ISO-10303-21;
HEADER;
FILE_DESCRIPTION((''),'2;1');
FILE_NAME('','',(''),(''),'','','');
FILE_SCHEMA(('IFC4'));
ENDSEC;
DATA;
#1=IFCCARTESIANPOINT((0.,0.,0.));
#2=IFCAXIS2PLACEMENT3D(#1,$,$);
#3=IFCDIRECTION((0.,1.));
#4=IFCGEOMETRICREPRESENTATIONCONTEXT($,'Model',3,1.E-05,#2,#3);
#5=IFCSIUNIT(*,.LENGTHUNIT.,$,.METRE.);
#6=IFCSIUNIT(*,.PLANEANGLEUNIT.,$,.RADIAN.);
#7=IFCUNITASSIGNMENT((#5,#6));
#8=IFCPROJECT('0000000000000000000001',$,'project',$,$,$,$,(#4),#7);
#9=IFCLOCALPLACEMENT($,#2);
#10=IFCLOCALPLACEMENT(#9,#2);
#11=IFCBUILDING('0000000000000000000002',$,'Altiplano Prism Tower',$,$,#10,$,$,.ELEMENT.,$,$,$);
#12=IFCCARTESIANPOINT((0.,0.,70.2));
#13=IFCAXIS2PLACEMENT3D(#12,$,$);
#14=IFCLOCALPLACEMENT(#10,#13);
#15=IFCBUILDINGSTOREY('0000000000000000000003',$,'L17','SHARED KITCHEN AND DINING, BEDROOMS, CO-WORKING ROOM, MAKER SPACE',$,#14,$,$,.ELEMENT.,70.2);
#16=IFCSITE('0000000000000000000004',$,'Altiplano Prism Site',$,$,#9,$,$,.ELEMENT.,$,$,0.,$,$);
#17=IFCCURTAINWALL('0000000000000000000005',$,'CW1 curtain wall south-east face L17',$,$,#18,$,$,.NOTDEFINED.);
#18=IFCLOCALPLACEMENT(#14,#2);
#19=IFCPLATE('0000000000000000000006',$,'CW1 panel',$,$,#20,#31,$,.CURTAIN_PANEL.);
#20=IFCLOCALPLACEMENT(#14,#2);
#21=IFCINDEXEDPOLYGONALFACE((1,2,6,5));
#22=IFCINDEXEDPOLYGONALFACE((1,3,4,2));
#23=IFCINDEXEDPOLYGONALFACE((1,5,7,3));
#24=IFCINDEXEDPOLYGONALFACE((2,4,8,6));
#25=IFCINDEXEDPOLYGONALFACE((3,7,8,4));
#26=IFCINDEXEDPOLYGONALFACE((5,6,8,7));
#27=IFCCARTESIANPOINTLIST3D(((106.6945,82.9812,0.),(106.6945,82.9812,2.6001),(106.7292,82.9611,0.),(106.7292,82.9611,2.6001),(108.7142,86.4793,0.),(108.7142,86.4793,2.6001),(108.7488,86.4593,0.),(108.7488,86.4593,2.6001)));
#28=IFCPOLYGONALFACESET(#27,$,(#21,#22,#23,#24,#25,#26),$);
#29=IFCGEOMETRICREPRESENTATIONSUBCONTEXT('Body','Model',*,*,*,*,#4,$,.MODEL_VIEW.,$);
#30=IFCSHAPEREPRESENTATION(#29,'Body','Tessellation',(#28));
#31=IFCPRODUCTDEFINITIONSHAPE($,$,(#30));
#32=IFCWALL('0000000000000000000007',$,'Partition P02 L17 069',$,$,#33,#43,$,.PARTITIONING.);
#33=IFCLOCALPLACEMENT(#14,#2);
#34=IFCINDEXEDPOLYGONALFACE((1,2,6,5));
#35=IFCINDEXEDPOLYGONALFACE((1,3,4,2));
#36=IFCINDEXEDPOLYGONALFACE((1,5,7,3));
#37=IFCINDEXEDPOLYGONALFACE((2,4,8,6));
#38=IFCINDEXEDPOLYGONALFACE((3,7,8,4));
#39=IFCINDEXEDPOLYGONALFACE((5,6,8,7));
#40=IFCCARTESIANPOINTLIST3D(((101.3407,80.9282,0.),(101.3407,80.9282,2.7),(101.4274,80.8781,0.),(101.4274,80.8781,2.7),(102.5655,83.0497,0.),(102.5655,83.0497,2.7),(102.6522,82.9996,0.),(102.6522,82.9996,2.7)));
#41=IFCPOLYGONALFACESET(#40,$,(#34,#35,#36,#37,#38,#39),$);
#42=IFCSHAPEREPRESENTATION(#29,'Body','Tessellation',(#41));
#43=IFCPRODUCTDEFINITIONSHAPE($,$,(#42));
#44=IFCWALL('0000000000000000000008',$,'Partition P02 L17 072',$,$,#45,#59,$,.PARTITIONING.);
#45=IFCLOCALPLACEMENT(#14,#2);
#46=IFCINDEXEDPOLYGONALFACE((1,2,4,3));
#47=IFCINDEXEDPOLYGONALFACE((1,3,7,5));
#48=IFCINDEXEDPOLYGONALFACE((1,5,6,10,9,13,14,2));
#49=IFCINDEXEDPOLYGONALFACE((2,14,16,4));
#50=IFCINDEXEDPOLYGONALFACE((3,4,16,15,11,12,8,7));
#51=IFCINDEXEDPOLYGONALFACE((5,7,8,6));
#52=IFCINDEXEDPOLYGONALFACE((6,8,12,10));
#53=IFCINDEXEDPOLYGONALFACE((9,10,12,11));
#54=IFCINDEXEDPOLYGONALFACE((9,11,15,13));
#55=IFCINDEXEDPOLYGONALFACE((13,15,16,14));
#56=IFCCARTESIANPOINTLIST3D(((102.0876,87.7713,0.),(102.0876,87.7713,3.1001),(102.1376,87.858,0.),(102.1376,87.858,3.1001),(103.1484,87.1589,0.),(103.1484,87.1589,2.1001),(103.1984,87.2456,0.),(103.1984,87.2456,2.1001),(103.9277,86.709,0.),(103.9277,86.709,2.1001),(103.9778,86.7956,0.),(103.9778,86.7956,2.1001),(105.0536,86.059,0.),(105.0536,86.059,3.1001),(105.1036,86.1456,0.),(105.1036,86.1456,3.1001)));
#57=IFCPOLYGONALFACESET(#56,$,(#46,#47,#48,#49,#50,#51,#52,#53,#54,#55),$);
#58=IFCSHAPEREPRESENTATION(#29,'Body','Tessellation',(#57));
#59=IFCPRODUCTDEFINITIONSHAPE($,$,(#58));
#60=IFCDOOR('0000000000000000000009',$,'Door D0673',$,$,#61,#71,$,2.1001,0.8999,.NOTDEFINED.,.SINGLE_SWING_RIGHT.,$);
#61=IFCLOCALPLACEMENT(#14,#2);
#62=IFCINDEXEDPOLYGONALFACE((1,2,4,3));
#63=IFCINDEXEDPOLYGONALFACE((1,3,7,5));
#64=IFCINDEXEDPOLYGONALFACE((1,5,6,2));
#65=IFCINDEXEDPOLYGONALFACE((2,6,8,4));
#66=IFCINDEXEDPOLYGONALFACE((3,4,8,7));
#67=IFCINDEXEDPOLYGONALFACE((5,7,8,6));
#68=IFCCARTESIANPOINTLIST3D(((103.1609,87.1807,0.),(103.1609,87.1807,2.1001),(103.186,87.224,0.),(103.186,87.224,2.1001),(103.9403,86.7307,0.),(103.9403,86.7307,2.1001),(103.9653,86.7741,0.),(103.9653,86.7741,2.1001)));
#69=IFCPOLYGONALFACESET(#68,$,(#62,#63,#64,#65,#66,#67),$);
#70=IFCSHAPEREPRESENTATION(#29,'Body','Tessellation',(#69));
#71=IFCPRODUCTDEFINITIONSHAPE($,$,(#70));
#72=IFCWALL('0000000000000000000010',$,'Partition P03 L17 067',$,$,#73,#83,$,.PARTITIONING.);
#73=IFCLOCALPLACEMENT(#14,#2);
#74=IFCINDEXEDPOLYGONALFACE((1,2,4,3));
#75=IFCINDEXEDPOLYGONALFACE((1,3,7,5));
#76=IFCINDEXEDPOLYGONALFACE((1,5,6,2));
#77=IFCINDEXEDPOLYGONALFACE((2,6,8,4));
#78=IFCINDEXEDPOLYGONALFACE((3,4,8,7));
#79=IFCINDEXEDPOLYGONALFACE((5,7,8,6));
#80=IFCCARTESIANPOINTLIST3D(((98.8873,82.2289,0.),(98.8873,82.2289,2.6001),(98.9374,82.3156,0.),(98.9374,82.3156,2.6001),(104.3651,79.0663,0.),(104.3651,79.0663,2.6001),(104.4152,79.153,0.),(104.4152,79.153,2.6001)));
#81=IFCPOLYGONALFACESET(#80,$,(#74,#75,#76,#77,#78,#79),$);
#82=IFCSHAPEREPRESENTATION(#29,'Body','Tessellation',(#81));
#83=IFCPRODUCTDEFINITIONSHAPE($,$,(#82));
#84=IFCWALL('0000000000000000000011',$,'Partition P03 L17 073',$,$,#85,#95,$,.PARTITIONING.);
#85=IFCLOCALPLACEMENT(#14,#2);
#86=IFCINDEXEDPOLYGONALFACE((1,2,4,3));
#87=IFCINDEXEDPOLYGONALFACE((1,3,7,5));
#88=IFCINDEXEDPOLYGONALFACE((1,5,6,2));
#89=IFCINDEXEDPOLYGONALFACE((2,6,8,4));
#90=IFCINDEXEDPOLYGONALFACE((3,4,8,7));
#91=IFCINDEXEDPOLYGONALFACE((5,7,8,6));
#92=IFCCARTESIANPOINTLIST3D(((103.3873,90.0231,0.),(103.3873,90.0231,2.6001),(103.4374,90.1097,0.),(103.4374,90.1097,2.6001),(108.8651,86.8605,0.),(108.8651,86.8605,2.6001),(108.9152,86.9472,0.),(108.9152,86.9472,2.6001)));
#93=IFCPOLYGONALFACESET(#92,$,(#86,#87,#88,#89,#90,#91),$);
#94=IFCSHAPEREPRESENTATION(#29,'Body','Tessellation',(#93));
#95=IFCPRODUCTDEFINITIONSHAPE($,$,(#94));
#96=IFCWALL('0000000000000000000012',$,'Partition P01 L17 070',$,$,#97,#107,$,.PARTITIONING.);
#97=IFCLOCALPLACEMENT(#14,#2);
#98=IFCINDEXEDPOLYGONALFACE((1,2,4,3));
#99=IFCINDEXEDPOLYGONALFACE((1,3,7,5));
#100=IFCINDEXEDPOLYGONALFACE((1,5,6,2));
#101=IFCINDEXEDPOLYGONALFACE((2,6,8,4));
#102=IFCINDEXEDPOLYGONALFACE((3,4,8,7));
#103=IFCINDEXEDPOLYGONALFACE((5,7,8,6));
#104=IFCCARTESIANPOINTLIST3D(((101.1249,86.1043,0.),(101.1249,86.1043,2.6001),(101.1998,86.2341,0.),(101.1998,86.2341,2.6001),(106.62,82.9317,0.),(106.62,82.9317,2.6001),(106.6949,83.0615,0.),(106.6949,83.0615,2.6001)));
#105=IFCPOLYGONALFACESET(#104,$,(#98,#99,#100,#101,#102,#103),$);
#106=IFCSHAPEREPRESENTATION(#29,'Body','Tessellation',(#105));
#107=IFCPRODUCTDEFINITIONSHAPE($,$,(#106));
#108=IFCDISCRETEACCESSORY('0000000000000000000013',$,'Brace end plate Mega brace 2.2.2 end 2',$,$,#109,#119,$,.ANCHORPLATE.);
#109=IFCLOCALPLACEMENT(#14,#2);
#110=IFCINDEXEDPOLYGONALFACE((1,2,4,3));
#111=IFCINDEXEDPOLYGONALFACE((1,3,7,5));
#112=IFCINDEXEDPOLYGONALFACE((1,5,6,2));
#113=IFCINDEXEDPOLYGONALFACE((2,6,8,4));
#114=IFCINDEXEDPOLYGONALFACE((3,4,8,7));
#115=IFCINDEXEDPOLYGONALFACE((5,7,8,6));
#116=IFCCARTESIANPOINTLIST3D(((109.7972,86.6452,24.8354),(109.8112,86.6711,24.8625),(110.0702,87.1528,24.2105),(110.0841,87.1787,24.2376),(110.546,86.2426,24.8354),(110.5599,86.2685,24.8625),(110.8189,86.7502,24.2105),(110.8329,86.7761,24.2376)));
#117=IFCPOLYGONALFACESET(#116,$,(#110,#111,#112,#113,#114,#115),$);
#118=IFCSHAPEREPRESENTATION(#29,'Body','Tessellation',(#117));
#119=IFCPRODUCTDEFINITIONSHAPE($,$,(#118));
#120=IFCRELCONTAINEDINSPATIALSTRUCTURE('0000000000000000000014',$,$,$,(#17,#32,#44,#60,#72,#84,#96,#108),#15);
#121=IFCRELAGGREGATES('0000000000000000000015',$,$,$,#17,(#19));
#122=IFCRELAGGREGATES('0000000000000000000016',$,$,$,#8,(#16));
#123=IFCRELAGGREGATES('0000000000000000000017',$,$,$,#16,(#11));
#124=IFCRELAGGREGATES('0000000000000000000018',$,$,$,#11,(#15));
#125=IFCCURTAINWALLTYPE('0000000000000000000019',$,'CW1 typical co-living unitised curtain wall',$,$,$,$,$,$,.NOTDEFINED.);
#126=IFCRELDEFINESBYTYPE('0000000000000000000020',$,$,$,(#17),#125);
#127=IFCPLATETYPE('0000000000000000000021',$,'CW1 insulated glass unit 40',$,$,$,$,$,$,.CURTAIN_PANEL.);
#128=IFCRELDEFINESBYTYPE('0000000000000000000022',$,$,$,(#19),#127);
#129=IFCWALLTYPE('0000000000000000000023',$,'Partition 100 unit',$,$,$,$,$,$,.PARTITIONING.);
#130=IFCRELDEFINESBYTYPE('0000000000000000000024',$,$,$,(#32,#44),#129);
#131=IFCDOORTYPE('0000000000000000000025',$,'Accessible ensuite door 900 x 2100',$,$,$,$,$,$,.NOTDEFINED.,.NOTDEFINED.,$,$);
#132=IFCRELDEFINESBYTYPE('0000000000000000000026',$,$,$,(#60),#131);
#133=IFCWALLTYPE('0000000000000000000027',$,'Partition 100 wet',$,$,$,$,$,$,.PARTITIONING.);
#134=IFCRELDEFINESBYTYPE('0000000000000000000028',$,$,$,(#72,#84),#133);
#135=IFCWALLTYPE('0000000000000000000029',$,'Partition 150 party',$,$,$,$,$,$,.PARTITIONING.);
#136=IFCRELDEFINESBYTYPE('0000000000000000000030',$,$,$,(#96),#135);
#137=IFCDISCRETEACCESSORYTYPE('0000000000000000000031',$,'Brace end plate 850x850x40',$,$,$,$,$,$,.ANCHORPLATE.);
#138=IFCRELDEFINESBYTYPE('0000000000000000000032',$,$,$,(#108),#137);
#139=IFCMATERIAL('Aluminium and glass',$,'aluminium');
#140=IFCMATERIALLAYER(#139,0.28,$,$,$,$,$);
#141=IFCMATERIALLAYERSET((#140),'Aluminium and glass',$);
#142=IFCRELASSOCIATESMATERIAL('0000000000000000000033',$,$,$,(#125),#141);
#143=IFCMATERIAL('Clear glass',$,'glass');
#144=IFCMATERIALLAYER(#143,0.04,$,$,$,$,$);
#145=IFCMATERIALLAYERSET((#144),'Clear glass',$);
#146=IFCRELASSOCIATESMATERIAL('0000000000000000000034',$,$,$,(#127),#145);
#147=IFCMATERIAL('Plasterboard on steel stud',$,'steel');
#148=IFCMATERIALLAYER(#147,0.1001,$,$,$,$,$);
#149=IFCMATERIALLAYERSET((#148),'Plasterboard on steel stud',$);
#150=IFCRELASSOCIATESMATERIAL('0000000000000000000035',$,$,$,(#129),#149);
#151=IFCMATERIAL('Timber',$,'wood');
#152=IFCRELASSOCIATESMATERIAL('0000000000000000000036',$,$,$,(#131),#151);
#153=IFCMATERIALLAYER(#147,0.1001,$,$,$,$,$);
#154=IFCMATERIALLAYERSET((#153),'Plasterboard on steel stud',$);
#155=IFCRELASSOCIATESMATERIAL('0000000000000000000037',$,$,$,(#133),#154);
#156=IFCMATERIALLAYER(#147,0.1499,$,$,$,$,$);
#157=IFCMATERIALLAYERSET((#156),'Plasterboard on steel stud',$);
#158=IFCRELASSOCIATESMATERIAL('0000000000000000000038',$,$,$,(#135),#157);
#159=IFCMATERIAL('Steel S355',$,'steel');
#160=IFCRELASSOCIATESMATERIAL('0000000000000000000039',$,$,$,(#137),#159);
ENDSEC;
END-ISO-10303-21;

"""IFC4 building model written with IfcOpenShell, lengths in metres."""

from ifc_helpers import new_model, si_unit, direction, frame, frame_2d, origin, origin_2d, place, context, subcontext, project, spatial, rectangle, extrude, material, layer, layer_set, material_profile, profile_set, type_object, element, fill, aggregate, save


model = new_model("IFC4")

# Units and contexts
model_context = context("Model", 3, precision=1e-05, world=origin(), true_north=direction((0.0, 1.0)))
body_context = subcontext(model_context, "Body", "Model", "MODEL_VIEW")
ifc_project = project(units=[si_unit("LENGTHUNIT", "METRE"), si_unit("PLANEANGLEUNIT", "RADIAN")], contexts=[model_context])

# Site, building, storey
site_placement = place(None, origin())
site = spatial("IfcSite", under=ifc_project, at=site_placement, Name="Altiplano Prism Site", CompositionType="ELEMENT", RefElevation=0.0)
building_placement = place(site_placement, origin())
building = spatial("IfcBuilding", under=site, at=building_placement, Name="Altiplano Prism Tower", CompositionType="ELEMENT")
storey_placement = place(building_placement, frame((0.0, 0.0, 70.2)))
storey = spatial("IfcBuildingStorey", under=building, at=storey_placement, Name="L17", Description="SHARED KITCHEN AND DINING, BEDROOMS, CO-WORKING ROOM, MAKER SPACE", CompositionType="ELEMENT", Elevation=70.2)

# Curtain wall
ifc_material_1 = material(Name="Aluminium and glass", Category="aluminium")
ifc_layer_1 = layer(ifc_material_1, 0.28)
ifc_layer_set_1 = layer_set([ifc_layer_1], Name="Aluminium and glass")
curtain_wall_type = type_object("IfcCurtainWallType", Name="CW1 typical co-living unitised curtain wall", PredefinedType="NOTDEFINED", material=ifc_layer_set_1)
curtain_wall_placement = place(storey_placement, origin())
curtain_wall = element("IfcCurtainWall", 1, at=curtain_wall_placement, inside=storey, type_object=curtain_wall_type, Name="CW1 curtain wall south-east face L17", PredefinedType="NOTDEFINED")

# Shared definitions
ifc_material_2 = material(Name="Steel S355", Category="steel")

# Plate
ifc_material_3 = material(Name="Clear glass", Category="glass")
ifc_layer_2 = layer(ifc_material_3, 0.04)
ifc_layer_set_2 = layer_set([ifc_layer_2], Name="Clear glass")
plate_type = type_object("IfcPlateType", Name="CW1 insulated glass unit 40", PredefinedType="CURTAIN_PANEL", material=ifc_layer_set_2)
plate_1_placement = place(storey_placement, frame((107.7217, 84.7202, 0.0), z_axis=(0.0, 0.0, 1.0), x_axis=(0.5, 0.866025, 0.0)))
plate_1 = element("IfcPlate", 2, at=plate_1_placement, type_object=plate_type, Name="CW1 panel", PredefinedType="CURTAIN_PANEL", context=body_context, shape_type="SweptSolid", body=[
    extrude(rectangle(XDim=4.0393, YDim=0.04, at=origin_2d()), origin(), (0.0, 0.0, 1.0), 2.6001),
])
aggregate(curtain_wall, [plate_1])

# Wall
ifc_material_4 = material(Name="Plasterboard on steel stud", Category="steel")
ifc_layer_3 = layer(ifc_material_4, 0.1001)
ifc_layer_set_3 = layer_set([ifc_layer_3], Name="Plasterboard on steel stud")
wall_type_1 = type_object("IfcWallType", Name="Partition 100 unit", PredefinedType="PARTITIONING", material=ifc_layer_set_3)
wall_1_placement = place(storey_placement, frame((102.6089, 83.0247, 0.0), z_axis=(0.0, 0.0, 1.0), x_axis=(-0.499987, -0.866033, 0.0)))
element("IfcWall", 3, at=wall_1_placement, inside=storey, type_object=wall_type_1, Name="Partition P02 L17 069", PredefinedType="PARTITIONING", context=body_context, shape_type="SweptSolid", body=[
    extrude(rectangle(XDim=2.4497, YDim=0.1001, at=frame_2d((1.2249, 0.0))), origin(), (0.0, 0.0, 1.0), 2.7),
])

# Wall, opening, door
wall_2_placement = place(storey_placement, frame((105.0786, 86.1023, 0.0), z_axis=(0.0, 0.0, 1.0), x_axis=(-0.866032, 0.499988, 0.0)))
wall_2 = element("IfcWall", 4, at=wall_2_placement, inside=storey, type_object=wall_type_1, Name="Partition P02 L17 072", PredefinedType="PARTITIONING", context=body_context, shape_type="SweptSolid", body=[
    extrude(rectangle(XDim=3.4248, YDim=0.1001, at=frame_2d((1.7124, 0.0))), origin(), (0.0, 0.0, 1.0), 3.1001),
])
opening_placement = place(wall_2_placement, frame((1.3, 0.0, 0.0)))
opening = element("IfcOpeningElement", 5, at=opening_placement, cuts=wall_2, PredefinedType="OPENING", context=body_context, shape_type="SweptSolid", body=[
    extrude(rectangle(XDim=0.8999, YDim=2.1001, at=frame_2d((0.45, 1.05))), frame((0.0, 0.0605, 0.0), z_axis=(0.0, -1.0, 0.0), x_axis=(1.0, 0.0, 0.0)), (0.0, 0.0, 1.0), 0.1211),
])
ifc_material_5 = material(Name="Timber", Category="wood")
door_type = type_object("IfcDoorType", Name="Accessible ensuite door 900 x 2100", OperationType="NOTDEFINED", PredefinedType="NOTDEFINED", material=ifc_material_5)
door_placement = place(opening_placement, origin())
door = element("IfcDoor", 6, at=door_placement, inside=storey, type_object=door_type, Name="Door D0673", OperationType="SINGLE_SWING_RIGHT", OverallHeight=2.1001, OverallWidth=0.8999, PredefinedType="NOTDEFINED", context=body_context, shape_type="SweptSolid", body=[
    extrude(rectangle(XDim=0.8999, YDim=2.1001, at=frame_2d((0.45, 1.05))), frame((0.0, 0.0249, 0.0), z_axis=(0.0, -1.0, 0.0), x_axis=(1.0, 0.0, 0.0)), (0.0, 0.0, 1.0), 0.05),
])
fill(opening, door)

# Walls
ifc_layer_4 = layer(ifc_material_4, 0.1001)
ifc_layer_set_4 = layer_set([ifc_layer_4], Name="Plasterboard on steel stud")
wall_type_2 = type_object("IfcWallType", Name="Partition 100 wet", PredefinedType="PARTITIONING", material=ifc_layer_set_4)
for number, where, z_axis, x_axis, name in (
    (7, (104.3901, 79.1096, 0.0), (0.0, 0.0, 1.0), (-0.866026, 0.5, 0.0), "Partition P03 L17 067"),
    (8, (108.8901, 86.9038, 0.0), (0.0, 0.0, 1.0), (-0.866026, 0.5, 0.0), "Partition P03 L17 073"),
):
    element("IfcWall", number, at=place(storey_placement, frame(where, z_axis=z_axis, x_axis=x_axis)), inside=storey, type_object=wall_type_2, Name=name, PredefinedType="PARTITIONING", context=body_context, shape_type="SweptSolid", body=[
        extrude(rectangle(XDim=6.3252, YDim=0.1001, at=frame_2d((3.1626, 0.0))), origin(), (0.0, 0.0, 1.0), 2.6001),
    ])
ifc_layer_5 = layer(ifc_material_4, 0.1499)
ifc_layer_set_5 = layer_set([ifc_layer_5], Name="Plasterboard on steel stud")
wall_type_3 = type_object("IfcWallType", Name="Partition 150 party", PredefinedType="PARTITIONING", material=ifc_layer_set_5)
wall_3_placement = place(storey_placement, frame((106.6575, 82.9966, 0.0), z_axis=(0.0, 0.0, 1.0), x_axis=(-0.866025, 0.5, 0.0)))
element("IfcWall", 9, at=wall_3_placement, inside=storey, type_object=wall_type_3, Name="Partition P01 L17 070", PredefinedType="PARTITIONING", context=body_context, shape_type="SweptSolid", body=[
    extrude(rectangle(XDim=6.3452, YDim=0.1499, at=frame_2d((3.1726, 0.0))), origin(), (0.0, 0.0, 1.0), 2.6001),
])

# Discrete accessory
ifc_material_profile_1 = material_profile(ifc_material_2, rectangle(XDim=0.8501, YDim=0.8501, at=origin_2d()), Name="Brace end plate 850x850x40")
ifc_profile_set_1 = profile_set([ifc_material_profile_1], Name="Steel S355")
discrete_accessory_type = type_object("IfcDiscreteAccessoryType", Name="Brace end plate 850x850x40", PredefinedType="ANCHORPLATE", material=ifc_profile_set_1)
discrete_accessory_placement = place(storey_placement, frame((110.322, 86.7236, 24.55), z_axis=(-0.348144, -0.647426, -0.677965), x_axis=(0.880738, -0.473604, 0.0)))
element("IfcDiscreteAccessory", 10, at=discrete_accessory_placement, inside=storey, type_object=discrete_accessory_type, Name="Brace end plate Mega brace 2.2.2 end 2", PredefinedType="ANCHORPLATE", context=body_context, shape_type="SweptSolid", body=[
    extrude(rectangle(XDim=0.8501, YDim=0.8501, at=origin_2d()), origin(), (0.0, 0.0, 1.0), 0.04),
])

save(model, "model.ifc")
